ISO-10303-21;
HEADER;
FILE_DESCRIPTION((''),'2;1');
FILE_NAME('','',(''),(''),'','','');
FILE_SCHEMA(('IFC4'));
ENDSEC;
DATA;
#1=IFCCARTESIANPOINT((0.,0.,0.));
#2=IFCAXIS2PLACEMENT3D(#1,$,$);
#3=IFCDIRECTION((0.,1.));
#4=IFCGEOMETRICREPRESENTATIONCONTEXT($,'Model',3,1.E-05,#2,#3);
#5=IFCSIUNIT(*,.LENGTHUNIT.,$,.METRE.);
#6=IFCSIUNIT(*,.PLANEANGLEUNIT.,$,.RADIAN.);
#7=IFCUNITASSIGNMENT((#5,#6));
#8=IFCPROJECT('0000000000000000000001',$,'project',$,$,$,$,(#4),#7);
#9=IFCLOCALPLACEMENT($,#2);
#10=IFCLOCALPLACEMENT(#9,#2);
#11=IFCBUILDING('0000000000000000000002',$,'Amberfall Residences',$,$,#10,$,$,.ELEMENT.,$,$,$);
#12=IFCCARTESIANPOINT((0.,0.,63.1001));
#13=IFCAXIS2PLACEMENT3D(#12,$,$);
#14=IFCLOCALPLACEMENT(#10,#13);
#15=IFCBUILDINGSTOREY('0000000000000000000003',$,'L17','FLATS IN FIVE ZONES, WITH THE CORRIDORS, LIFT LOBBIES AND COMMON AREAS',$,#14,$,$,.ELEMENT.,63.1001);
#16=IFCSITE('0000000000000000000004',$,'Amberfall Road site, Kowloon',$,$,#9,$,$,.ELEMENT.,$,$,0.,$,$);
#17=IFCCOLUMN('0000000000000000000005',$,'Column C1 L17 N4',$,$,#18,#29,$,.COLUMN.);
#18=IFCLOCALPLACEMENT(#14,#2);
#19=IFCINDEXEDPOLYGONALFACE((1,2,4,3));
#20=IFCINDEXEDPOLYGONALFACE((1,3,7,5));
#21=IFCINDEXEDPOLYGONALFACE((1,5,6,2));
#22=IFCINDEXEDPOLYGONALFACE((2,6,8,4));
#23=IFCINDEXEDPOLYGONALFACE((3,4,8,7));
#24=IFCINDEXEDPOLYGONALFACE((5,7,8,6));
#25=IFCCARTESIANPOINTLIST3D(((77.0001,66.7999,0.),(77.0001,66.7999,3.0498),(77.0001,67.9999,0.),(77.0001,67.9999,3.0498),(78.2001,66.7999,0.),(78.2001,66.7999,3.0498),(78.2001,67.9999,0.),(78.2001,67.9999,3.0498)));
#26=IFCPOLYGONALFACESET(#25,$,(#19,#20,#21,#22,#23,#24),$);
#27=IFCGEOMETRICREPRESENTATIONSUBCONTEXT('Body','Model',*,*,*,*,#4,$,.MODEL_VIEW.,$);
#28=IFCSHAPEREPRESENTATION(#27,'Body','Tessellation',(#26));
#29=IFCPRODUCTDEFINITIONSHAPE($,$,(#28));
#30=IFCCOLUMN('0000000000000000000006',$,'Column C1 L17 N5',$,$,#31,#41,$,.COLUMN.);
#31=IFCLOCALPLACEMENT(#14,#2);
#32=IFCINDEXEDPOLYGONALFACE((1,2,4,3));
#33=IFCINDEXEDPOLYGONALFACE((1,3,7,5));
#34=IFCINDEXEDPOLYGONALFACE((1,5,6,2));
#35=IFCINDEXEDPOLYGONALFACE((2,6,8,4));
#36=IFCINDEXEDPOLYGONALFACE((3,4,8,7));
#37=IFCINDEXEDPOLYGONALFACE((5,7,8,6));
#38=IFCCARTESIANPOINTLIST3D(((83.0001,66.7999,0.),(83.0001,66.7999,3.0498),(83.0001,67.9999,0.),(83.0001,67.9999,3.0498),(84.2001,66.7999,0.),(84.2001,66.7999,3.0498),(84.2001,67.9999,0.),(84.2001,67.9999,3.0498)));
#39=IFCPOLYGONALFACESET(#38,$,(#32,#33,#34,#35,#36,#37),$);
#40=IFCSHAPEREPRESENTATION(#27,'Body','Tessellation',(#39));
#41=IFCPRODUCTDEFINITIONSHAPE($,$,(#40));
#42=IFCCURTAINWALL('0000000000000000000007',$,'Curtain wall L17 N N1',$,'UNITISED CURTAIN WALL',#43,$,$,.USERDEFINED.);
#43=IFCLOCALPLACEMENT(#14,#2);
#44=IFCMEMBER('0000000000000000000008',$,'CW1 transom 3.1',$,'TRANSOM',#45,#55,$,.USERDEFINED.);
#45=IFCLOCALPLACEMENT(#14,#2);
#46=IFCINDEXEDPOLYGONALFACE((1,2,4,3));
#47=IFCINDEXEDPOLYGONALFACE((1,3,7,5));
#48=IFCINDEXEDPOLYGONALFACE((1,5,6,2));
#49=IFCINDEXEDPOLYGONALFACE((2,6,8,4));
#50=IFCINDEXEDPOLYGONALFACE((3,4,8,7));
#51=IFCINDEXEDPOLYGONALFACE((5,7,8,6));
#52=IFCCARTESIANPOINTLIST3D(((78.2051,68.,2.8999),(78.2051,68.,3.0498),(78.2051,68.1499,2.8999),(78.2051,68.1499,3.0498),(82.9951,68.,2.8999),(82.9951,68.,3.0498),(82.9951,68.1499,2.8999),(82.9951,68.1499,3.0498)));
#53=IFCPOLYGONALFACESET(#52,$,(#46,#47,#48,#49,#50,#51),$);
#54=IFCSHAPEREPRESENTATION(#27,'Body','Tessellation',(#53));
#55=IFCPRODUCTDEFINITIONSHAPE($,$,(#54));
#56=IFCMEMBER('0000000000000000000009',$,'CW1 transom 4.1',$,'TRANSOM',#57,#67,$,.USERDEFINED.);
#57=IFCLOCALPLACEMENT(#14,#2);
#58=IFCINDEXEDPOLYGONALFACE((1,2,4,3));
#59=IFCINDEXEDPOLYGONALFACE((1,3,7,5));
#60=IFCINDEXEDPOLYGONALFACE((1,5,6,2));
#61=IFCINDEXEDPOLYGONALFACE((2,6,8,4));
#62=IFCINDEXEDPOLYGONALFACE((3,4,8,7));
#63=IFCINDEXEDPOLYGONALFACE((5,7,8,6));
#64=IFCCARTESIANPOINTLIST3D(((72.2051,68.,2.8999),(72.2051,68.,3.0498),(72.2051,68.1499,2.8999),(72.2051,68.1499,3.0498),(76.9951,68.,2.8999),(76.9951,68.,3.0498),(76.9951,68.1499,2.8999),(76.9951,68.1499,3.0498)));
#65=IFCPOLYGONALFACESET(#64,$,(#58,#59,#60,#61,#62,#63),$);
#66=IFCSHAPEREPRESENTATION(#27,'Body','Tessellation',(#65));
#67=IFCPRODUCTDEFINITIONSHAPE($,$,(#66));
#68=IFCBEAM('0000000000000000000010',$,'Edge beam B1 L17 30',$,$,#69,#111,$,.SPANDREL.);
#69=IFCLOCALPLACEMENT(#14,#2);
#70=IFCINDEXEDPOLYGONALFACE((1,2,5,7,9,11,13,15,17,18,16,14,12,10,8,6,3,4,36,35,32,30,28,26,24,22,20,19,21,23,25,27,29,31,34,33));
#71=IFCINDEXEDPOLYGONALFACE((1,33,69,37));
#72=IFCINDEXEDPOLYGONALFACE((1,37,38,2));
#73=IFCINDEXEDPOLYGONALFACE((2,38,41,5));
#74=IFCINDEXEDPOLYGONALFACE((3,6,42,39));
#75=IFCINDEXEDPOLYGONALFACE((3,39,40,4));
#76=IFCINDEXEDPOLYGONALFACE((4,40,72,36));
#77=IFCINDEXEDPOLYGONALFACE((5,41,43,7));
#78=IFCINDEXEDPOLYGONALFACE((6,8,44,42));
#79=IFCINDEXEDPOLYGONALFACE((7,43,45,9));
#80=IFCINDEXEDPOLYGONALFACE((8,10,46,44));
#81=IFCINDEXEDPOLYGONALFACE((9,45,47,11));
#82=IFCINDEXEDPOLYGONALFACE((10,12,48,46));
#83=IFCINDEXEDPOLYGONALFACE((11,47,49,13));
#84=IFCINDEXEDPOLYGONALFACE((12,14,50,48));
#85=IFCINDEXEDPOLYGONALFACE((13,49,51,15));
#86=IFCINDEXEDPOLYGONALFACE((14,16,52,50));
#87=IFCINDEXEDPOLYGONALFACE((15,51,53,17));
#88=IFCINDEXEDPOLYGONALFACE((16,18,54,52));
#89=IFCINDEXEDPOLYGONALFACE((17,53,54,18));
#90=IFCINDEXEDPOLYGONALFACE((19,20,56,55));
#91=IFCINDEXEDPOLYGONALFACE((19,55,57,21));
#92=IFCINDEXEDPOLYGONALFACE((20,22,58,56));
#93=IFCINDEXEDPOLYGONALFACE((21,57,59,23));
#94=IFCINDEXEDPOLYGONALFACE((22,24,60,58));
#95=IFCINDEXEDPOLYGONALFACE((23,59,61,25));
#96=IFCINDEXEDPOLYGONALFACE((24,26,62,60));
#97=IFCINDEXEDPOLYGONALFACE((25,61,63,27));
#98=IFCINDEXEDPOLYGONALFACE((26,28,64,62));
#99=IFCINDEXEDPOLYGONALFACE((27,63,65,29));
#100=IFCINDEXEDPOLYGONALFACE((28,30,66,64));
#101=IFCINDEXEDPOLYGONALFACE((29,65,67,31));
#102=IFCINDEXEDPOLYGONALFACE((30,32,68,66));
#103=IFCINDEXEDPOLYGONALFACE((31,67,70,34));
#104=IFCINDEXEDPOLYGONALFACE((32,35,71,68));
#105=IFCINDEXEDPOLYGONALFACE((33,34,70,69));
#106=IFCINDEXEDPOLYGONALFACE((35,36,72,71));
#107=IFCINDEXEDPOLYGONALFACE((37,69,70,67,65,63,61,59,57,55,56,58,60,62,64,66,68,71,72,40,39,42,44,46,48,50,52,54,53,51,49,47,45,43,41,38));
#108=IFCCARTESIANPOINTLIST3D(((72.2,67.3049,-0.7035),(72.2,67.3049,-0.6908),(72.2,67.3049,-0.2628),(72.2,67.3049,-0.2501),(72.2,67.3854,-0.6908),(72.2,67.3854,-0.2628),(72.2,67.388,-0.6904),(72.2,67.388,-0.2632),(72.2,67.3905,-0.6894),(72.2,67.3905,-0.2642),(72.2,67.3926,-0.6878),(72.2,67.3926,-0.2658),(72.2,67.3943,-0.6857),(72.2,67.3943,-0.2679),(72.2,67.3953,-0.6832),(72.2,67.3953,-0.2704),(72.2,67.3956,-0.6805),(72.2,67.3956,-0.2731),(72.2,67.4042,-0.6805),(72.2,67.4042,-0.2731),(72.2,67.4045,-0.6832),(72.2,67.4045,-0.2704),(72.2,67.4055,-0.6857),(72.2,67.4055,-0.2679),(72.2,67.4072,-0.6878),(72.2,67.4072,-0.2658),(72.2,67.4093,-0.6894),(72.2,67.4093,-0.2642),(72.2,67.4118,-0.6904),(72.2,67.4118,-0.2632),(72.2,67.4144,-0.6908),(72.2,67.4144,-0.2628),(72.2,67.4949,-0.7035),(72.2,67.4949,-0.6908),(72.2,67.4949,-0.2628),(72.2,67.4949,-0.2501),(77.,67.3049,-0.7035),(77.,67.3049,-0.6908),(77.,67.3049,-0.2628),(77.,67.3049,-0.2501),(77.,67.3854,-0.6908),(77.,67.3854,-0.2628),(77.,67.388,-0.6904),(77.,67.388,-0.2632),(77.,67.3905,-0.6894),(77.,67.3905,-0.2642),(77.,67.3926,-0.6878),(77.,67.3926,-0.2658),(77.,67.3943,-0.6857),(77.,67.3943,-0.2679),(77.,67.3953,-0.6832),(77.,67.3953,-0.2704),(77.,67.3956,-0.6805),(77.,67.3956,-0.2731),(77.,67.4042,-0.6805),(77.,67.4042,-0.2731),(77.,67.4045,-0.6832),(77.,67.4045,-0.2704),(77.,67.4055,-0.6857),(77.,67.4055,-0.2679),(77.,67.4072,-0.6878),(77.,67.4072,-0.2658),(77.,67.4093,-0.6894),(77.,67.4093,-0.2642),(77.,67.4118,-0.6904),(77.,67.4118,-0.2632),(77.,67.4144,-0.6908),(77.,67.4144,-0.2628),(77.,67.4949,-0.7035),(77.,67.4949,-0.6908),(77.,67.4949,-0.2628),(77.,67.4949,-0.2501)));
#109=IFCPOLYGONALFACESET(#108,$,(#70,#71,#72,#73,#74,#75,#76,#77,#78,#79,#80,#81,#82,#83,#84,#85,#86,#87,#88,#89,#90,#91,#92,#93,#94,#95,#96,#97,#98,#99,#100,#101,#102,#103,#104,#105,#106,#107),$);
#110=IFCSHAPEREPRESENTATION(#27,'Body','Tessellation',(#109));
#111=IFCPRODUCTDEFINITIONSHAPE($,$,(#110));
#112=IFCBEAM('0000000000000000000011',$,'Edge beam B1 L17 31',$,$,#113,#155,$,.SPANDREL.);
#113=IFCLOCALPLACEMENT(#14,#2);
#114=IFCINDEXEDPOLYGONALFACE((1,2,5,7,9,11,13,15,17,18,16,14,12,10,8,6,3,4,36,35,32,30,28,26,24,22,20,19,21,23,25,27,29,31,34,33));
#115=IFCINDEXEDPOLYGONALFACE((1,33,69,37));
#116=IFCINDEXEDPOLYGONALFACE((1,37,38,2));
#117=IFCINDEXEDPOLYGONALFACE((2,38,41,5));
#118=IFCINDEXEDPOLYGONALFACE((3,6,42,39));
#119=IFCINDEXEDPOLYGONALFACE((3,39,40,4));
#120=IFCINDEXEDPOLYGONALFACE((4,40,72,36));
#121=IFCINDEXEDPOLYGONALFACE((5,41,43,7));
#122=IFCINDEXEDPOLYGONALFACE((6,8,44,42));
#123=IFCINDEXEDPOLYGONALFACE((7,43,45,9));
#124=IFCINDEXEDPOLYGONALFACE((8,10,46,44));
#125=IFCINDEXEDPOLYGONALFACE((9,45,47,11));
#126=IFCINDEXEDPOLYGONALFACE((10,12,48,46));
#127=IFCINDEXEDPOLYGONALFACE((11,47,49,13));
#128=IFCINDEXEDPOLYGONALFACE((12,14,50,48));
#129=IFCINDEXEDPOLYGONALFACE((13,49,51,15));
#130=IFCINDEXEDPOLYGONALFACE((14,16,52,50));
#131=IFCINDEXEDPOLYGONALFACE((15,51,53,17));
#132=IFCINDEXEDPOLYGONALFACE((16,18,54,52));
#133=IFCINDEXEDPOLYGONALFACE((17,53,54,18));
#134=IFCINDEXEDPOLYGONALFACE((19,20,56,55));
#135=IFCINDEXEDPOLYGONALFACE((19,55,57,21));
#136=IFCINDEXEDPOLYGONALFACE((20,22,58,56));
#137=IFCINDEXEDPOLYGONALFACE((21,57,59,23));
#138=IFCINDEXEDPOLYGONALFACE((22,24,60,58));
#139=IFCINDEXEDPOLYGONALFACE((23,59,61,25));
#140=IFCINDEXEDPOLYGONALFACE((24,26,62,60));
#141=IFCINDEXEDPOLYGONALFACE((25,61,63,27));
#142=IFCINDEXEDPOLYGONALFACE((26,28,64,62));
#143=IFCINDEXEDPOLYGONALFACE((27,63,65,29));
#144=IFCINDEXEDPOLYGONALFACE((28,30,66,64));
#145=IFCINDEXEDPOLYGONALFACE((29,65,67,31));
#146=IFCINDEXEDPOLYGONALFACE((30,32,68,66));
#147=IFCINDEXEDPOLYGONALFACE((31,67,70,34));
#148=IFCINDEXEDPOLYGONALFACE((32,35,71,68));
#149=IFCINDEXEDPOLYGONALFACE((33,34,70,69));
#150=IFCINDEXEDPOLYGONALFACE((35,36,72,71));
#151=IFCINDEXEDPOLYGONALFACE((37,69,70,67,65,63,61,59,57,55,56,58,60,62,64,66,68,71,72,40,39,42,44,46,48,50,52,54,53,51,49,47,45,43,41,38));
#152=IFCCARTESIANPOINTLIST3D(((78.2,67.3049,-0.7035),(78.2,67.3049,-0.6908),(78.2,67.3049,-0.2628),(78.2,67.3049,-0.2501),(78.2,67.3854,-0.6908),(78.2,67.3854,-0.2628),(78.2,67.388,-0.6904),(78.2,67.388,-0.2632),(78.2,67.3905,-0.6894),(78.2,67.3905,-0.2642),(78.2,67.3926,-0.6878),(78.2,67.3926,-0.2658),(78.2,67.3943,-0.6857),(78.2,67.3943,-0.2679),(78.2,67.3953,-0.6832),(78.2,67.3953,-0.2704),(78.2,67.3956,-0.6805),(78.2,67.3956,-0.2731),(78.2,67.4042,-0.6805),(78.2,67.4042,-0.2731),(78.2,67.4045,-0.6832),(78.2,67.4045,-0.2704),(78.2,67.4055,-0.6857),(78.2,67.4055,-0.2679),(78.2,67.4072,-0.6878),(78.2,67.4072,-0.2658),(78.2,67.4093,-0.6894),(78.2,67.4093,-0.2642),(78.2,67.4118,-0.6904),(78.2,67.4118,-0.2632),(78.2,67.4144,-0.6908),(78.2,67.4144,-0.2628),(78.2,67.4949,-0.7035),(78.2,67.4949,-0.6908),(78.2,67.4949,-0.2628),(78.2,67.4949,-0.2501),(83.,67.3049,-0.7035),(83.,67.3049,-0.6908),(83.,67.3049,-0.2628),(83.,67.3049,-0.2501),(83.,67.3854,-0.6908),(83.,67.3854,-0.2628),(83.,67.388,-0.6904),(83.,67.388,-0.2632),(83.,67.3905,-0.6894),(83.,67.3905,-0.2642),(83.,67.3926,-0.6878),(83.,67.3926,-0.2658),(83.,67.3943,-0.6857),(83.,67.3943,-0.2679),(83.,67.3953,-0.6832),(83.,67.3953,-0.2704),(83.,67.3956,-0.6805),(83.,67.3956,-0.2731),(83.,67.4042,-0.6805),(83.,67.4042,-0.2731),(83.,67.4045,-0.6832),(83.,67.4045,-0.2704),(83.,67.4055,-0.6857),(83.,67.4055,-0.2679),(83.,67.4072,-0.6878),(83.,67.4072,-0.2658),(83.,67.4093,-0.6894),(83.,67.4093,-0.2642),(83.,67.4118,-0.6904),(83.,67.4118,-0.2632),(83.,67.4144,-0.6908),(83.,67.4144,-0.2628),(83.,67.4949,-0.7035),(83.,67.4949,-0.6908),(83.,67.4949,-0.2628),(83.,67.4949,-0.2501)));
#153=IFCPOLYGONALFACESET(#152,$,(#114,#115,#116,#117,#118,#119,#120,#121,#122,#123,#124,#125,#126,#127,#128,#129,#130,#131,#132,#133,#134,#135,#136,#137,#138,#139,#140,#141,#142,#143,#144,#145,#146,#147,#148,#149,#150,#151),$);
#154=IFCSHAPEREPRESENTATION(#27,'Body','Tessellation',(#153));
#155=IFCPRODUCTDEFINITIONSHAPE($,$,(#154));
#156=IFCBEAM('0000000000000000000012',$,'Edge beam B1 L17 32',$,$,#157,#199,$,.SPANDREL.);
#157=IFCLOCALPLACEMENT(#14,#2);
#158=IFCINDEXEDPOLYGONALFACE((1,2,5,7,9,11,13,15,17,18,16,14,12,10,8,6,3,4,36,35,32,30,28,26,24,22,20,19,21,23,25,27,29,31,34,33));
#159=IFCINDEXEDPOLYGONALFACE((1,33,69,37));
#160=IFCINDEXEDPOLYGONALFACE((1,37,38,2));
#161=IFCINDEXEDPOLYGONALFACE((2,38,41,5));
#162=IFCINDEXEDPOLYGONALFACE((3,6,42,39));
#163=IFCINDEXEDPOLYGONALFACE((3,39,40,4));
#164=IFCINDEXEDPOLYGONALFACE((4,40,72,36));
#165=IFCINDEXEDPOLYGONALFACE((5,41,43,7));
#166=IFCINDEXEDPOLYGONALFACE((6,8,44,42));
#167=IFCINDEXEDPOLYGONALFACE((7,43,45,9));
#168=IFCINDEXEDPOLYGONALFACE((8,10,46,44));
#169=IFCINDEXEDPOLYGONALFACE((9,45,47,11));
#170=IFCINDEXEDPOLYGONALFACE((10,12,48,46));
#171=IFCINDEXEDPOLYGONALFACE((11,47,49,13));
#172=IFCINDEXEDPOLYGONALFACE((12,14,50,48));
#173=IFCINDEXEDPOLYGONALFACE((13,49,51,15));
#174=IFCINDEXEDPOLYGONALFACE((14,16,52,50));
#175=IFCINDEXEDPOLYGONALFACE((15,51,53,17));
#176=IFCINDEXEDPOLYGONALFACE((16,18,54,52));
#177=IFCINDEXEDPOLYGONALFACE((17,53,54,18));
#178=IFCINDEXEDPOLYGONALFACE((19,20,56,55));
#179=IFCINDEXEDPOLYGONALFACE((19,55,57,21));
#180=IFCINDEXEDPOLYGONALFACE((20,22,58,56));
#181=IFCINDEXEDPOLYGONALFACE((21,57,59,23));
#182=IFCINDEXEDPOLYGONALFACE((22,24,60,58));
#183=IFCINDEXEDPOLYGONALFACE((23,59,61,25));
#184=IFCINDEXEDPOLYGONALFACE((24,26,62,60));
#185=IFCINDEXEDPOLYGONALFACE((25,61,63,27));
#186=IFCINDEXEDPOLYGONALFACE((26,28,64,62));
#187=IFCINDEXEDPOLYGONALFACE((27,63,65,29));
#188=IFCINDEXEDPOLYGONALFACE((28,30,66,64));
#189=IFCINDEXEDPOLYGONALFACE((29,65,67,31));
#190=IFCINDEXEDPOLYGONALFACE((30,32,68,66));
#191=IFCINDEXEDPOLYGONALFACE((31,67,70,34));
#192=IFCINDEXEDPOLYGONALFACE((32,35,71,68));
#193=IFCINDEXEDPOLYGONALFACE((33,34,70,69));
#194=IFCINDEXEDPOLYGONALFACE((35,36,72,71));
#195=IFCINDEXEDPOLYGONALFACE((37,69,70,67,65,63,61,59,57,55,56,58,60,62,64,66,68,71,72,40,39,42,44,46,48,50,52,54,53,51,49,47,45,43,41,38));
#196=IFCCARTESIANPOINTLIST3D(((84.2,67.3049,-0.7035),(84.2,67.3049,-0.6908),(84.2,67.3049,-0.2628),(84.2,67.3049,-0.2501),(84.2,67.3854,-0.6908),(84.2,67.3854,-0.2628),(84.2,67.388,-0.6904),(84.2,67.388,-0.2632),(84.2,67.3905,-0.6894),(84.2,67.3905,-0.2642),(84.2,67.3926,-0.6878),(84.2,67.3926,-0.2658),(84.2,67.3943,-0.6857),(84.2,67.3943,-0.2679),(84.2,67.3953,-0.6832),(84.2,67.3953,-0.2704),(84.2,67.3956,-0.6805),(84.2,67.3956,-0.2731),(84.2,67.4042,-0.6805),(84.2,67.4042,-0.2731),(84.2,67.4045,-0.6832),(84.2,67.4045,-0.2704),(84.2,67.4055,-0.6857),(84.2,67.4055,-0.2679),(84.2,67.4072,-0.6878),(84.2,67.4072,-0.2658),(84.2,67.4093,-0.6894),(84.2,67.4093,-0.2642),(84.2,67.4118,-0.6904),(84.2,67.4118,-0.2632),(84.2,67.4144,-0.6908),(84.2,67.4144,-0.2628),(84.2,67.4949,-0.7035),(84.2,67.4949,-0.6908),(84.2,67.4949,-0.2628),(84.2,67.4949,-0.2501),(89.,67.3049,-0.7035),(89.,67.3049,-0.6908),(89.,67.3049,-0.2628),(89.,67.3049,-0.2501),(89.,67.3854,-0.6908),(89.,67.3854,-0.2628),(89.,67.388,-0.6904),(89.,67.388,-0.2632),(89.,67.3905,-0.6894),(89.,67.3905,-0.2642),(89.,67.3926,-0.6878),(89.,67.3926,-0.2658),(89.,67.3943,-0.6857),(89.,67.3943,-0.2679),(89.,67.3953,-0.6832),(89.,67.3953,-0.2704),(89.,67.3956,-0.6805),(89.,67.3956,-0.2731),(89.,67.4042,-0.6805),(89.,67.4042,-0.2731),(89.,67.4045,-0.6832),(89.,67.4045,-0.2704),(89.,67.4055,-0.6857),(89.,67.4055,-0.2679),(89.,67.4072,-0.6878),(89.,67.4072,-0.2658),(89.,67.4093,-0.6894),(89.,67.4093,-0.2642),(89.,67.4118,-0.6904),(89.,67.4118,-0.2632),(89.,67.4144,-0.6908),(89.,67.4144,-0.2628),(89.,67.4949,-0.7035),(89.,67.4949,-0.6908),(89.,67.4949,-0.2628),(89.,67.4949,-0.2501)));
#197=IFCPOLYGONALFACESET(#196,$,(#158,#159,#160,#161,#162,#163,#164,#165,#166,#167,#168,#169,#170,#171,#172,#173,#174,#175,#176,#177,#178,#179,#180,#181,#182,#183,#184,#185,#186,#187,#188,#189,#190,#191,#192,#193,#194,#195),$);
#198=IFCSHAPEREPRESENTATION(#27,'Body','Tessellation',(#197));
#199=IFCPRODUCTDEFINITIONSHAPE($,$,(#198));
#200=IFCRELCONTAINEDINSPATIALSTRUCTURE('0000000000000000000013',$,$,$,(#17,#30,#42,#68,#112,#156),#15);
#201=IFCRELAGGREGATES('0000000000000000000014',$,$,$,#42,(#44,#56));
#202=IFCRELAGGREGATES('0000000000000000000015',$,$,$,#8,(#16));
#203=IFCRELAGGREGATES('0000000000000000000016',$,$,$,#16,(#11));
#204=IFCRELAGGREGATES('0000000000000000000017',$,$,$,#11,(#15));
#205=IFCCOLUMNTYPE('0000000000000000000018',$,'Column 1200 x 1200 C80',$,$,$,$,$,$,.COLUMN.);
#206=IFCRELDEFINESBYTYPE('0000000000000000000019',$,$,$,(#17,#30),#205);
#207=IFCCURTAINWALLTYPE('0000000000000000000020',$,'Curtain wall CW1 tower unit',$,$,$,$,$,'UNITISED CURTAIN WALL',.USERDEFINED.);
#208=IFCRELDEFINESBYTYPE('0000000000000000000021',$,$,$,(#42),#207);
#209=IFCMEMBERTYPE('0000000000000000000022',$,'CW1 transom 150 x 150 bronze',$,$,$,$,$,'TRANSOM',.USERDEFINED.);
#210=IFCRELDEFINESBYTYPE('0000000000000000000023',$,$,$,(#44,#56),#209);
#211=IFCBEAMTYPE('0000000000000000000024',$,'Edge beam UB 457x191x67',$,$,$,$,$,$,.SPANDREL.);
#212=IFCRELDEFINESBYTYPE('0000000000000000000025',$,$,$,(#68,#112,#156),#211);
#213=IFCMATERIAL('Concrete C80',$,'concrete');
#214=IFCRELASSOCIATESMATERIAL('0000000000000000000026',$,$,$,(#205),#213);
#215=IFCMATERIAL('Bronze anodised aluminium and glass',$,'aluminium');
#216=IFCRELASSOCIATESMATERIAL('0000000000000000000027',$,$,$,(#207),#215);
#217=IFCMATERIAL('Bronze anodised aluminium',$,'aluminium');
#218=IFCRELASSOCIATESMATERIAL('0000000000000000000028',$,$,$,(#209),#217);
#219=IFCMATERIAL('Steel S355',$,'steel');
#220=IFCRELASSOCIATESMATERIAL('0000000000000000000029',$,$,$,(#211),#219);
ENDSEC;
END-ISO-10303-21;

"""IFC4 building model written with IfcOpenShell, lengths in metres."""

from ifc_helpers import new_model, si_unit, direction, frame, origin, origin_2d, place, context, subcontext, project, spatial, rectangle, i_section, extrude, material, material_profile, profile_set, type_object, element, aggregate, save


model = new_model("IFC4")

# Units and contexts
model_context = context("Model", 3, precision=1e-05, world=origin(), true_north=direction((0.0, 1.0)))
body_context = subcontext(model_context, "Body", "Model", "MODEL_VIEW")
ifc_project = project(units=[si_unit("LENGTHUNIT", "METRE"), si_unit("PLANEANGLEUNIT", "RADIAN")], contexts=[model_context])

# Site, building, storey
site_placement = place(None, origin())
site = spatial("IfcSite", under=ifc_project, at=site_placement, Name="Amberfall Road site, Kowloon", CompositionType="ELEMENT", RefElevation=0.0)
building_placement = place(site_placement, origin())
building = spatial("IfcBuilding", under=site, at=building_placement, Name="Amberfall Residences", CompositionType="ELEMENT")
storey_placement = place(building_placement, frame((0.0, 0.0, 63.1001)))
storey = spatial("IfcBuildingStorey", under=building, at=storey_placement, Name="L17", Description="FLATS IN FIVE ZONES, WITH THE CORRIDORS, LIFT LOBBIES AND COMMON AREAS", CompositionType="ELEMENT", Elevation=63.1001)

# Columns
ifc_material_1 = material(Name="Concrete C80", Category="concrete")
ifc_material_profile_1 = material_profile(ifc_material_1, rectangle(XDim=1.2, YDim=1.2, at=origin_2d()), Name="Column 1200 x 1200 C80")
ifc_profile_set_1 = profile_set([ifc_material_profile_1], Name="Concrete C80")
column_type = type_object("IfcColumnType", Name="Column 1200 x 1200 C80", PredefinedType="COLUMN", material=ifc_profile_set_1)
for number, where, z_axis, x_axis, name in (
    (1, (77.6001, 67.3999, 0.0), (0.0, 0.0, 1.0), (1.0, 0.0, 0.0), "Column C1 L17 N4"),
    (2, (83.6001, 67.3999, 0.0), (0.0, 0.0, 1.0), (1.0, 0.0, 0.0), "Column C1 L17 N5"),
):
    element("IfcColumn", number, at=place(storey_placement, frame(where, z_axis=z_axis, x_axis=x_axis)), inside=storey, type_object=column_type, Name=name, PredefinedType="COLUMN", context=body_context, shape_type="SweptSolid", body=[
        extrude(rectangle(XDim=1.2, YDim=1.2, at=origin_2d()), origin(), (0.0, 0.0, 1.0), 3.0498),
    ])

# Curtain wall, members
ifc_material_2 = material(Name="Bronze anodised aluminium and glass", Category="aluminium")
curtain_wall_type = type_object("IfcCurtainWallType", Name="Curtain wall CW1 tower unit", ElementType="UNITISED CURTAIN WALL", PredefinedType="USERDEFINED", material=ifc_material_2)
curtain_wall_placement = place(storey_placement, origin())
curtain_wall = element("IfcCurtainWall", 3, at=curtain_wall_placement, inside=storey, type_object=curtain_wall_type, Name="Curtain wall L17 N N1", ObjectType="UNITISED CURTAIN WALL", PredefinedType="USERDEFINED")
ifc_material_3 = material(Name="Bronze anodised aluminium", Category="aluminium")
ifc_material_profile_2 = material_profile(ifc_material_3, rectangle(XDim=0.1499, YDim=0.1499, at=origin_2d()), Name="CW1 transom 150 x 150 bronze")
ifc_profile_set_2 = profile_set([ifc_material_profile_2], Name="Bronze anodised aluminium")
member_type_1 = type_object("IfcMemberType", Name="CW1 transom 150 x 150 bronze", ElementType="TRANSOM", PredefinedType="USERDEFINED", material=ifc_profile_set_2)
member_1_placement = place(storey_placement, frame((82.9951, 68.075, 2.9749), z_axis=(-1.0, 0.0, 0.0), x_axis=(0.0, -1.0, 0.0)))
member_1 = element("IfcMember", 4, at=member_1_placement, type_object=member_type_1, Name="CW1 transom 3.1", ObjectType="TRANSOM", PredefinedType="USERDEFINED", context=body_context, shape_type="SweptSolid", body=[
    extrude(rectangle(XDim=0.1499, YDim=0.1499, at=origin_2d()), origin(), (0.0, 0.0, 1.0), 4.79),
])
member_2_placement = place(storey_placement, frame((76.9951, 68.075, 2.9749), z_axis=(-1.0, 0.0, 0.0), x_axis=(0.0, -1.0, 0.0)))
member_2 = element("IfcMember", 5, at=member_2_placement, type_object=member_type_1, Name="CW1 transom 4.1", ObjectType="TRANSOM", PredefinedType="USERDEFINED", context=body_context, shape_type="SweptSolid", body=[
    extrude(rectangle(XDim=0.1499, YDim=0.1499, at=origin_2d()), origin(), (0.0, 0.0, 1.0), 4.79),
])

# Beams
ifc_material_4 = material(Name="Steel S355", Category="steel")
ifc_material_profile_3 = material_profile(ifc_material_4, i_section(OverallWidth=0.1899, OverallDepth=0.4534, WebThickness=0.0085, FlangeThickness=0.0127, FilletRadius=0.0103, at=origin_2d()), Name="UB 457x191x67")
ifc_profile_set_3 = profile_set([ifc_material_profile_3], Name="Steel S355")
beam_type_1 = type_object("IfcBeamType", Name="Edge beam UB 457x191x67", PredefinedType="SPANDREL", material=ifc_profile_set_3)
for number, where, z_axis, x_axis, name in (
    (6, (72.2, 67.3999, -0.4768), (1.0, 0.0, 0.0), (0.0, 1.0, 0.0), "Edge beam B1 L17 30"),
    (7, (78.2, 67.3999, -0.4768), (1.0, 0.0, 0.0), (0.0, 1.0, 0.0), "Edge beam B1 L17 31"),
    (8, (84.2, 67.3999, -0.4768), (1.0, 0.0, 0.0), (0.0, 1.0, 0.0), "Edge beam B1 L17 32"),
):
    element("IfcBeam", number, at=place(storey_placement, frame(where, z_axis=z_axis, x_axis=x_axis)), inside=storey, type_object=beam_type_1, Name=name, PredefinedType="SPANDREL", context=body_context, shape_type="SweptSolid", body=[
        extrude(i_section(OverallWidth=0.1899, OverallDepth=0.4534, WebThickness=0.0085, FlangeThickness=0.0127, FilletRadius=0.0103, at=origin_2d()), origin(), (0.0, 0.0, 1.0), 4.8),
    ])

aggregate(curtain_wall, [member_1, member_2])

save(model, "model.ifc")
